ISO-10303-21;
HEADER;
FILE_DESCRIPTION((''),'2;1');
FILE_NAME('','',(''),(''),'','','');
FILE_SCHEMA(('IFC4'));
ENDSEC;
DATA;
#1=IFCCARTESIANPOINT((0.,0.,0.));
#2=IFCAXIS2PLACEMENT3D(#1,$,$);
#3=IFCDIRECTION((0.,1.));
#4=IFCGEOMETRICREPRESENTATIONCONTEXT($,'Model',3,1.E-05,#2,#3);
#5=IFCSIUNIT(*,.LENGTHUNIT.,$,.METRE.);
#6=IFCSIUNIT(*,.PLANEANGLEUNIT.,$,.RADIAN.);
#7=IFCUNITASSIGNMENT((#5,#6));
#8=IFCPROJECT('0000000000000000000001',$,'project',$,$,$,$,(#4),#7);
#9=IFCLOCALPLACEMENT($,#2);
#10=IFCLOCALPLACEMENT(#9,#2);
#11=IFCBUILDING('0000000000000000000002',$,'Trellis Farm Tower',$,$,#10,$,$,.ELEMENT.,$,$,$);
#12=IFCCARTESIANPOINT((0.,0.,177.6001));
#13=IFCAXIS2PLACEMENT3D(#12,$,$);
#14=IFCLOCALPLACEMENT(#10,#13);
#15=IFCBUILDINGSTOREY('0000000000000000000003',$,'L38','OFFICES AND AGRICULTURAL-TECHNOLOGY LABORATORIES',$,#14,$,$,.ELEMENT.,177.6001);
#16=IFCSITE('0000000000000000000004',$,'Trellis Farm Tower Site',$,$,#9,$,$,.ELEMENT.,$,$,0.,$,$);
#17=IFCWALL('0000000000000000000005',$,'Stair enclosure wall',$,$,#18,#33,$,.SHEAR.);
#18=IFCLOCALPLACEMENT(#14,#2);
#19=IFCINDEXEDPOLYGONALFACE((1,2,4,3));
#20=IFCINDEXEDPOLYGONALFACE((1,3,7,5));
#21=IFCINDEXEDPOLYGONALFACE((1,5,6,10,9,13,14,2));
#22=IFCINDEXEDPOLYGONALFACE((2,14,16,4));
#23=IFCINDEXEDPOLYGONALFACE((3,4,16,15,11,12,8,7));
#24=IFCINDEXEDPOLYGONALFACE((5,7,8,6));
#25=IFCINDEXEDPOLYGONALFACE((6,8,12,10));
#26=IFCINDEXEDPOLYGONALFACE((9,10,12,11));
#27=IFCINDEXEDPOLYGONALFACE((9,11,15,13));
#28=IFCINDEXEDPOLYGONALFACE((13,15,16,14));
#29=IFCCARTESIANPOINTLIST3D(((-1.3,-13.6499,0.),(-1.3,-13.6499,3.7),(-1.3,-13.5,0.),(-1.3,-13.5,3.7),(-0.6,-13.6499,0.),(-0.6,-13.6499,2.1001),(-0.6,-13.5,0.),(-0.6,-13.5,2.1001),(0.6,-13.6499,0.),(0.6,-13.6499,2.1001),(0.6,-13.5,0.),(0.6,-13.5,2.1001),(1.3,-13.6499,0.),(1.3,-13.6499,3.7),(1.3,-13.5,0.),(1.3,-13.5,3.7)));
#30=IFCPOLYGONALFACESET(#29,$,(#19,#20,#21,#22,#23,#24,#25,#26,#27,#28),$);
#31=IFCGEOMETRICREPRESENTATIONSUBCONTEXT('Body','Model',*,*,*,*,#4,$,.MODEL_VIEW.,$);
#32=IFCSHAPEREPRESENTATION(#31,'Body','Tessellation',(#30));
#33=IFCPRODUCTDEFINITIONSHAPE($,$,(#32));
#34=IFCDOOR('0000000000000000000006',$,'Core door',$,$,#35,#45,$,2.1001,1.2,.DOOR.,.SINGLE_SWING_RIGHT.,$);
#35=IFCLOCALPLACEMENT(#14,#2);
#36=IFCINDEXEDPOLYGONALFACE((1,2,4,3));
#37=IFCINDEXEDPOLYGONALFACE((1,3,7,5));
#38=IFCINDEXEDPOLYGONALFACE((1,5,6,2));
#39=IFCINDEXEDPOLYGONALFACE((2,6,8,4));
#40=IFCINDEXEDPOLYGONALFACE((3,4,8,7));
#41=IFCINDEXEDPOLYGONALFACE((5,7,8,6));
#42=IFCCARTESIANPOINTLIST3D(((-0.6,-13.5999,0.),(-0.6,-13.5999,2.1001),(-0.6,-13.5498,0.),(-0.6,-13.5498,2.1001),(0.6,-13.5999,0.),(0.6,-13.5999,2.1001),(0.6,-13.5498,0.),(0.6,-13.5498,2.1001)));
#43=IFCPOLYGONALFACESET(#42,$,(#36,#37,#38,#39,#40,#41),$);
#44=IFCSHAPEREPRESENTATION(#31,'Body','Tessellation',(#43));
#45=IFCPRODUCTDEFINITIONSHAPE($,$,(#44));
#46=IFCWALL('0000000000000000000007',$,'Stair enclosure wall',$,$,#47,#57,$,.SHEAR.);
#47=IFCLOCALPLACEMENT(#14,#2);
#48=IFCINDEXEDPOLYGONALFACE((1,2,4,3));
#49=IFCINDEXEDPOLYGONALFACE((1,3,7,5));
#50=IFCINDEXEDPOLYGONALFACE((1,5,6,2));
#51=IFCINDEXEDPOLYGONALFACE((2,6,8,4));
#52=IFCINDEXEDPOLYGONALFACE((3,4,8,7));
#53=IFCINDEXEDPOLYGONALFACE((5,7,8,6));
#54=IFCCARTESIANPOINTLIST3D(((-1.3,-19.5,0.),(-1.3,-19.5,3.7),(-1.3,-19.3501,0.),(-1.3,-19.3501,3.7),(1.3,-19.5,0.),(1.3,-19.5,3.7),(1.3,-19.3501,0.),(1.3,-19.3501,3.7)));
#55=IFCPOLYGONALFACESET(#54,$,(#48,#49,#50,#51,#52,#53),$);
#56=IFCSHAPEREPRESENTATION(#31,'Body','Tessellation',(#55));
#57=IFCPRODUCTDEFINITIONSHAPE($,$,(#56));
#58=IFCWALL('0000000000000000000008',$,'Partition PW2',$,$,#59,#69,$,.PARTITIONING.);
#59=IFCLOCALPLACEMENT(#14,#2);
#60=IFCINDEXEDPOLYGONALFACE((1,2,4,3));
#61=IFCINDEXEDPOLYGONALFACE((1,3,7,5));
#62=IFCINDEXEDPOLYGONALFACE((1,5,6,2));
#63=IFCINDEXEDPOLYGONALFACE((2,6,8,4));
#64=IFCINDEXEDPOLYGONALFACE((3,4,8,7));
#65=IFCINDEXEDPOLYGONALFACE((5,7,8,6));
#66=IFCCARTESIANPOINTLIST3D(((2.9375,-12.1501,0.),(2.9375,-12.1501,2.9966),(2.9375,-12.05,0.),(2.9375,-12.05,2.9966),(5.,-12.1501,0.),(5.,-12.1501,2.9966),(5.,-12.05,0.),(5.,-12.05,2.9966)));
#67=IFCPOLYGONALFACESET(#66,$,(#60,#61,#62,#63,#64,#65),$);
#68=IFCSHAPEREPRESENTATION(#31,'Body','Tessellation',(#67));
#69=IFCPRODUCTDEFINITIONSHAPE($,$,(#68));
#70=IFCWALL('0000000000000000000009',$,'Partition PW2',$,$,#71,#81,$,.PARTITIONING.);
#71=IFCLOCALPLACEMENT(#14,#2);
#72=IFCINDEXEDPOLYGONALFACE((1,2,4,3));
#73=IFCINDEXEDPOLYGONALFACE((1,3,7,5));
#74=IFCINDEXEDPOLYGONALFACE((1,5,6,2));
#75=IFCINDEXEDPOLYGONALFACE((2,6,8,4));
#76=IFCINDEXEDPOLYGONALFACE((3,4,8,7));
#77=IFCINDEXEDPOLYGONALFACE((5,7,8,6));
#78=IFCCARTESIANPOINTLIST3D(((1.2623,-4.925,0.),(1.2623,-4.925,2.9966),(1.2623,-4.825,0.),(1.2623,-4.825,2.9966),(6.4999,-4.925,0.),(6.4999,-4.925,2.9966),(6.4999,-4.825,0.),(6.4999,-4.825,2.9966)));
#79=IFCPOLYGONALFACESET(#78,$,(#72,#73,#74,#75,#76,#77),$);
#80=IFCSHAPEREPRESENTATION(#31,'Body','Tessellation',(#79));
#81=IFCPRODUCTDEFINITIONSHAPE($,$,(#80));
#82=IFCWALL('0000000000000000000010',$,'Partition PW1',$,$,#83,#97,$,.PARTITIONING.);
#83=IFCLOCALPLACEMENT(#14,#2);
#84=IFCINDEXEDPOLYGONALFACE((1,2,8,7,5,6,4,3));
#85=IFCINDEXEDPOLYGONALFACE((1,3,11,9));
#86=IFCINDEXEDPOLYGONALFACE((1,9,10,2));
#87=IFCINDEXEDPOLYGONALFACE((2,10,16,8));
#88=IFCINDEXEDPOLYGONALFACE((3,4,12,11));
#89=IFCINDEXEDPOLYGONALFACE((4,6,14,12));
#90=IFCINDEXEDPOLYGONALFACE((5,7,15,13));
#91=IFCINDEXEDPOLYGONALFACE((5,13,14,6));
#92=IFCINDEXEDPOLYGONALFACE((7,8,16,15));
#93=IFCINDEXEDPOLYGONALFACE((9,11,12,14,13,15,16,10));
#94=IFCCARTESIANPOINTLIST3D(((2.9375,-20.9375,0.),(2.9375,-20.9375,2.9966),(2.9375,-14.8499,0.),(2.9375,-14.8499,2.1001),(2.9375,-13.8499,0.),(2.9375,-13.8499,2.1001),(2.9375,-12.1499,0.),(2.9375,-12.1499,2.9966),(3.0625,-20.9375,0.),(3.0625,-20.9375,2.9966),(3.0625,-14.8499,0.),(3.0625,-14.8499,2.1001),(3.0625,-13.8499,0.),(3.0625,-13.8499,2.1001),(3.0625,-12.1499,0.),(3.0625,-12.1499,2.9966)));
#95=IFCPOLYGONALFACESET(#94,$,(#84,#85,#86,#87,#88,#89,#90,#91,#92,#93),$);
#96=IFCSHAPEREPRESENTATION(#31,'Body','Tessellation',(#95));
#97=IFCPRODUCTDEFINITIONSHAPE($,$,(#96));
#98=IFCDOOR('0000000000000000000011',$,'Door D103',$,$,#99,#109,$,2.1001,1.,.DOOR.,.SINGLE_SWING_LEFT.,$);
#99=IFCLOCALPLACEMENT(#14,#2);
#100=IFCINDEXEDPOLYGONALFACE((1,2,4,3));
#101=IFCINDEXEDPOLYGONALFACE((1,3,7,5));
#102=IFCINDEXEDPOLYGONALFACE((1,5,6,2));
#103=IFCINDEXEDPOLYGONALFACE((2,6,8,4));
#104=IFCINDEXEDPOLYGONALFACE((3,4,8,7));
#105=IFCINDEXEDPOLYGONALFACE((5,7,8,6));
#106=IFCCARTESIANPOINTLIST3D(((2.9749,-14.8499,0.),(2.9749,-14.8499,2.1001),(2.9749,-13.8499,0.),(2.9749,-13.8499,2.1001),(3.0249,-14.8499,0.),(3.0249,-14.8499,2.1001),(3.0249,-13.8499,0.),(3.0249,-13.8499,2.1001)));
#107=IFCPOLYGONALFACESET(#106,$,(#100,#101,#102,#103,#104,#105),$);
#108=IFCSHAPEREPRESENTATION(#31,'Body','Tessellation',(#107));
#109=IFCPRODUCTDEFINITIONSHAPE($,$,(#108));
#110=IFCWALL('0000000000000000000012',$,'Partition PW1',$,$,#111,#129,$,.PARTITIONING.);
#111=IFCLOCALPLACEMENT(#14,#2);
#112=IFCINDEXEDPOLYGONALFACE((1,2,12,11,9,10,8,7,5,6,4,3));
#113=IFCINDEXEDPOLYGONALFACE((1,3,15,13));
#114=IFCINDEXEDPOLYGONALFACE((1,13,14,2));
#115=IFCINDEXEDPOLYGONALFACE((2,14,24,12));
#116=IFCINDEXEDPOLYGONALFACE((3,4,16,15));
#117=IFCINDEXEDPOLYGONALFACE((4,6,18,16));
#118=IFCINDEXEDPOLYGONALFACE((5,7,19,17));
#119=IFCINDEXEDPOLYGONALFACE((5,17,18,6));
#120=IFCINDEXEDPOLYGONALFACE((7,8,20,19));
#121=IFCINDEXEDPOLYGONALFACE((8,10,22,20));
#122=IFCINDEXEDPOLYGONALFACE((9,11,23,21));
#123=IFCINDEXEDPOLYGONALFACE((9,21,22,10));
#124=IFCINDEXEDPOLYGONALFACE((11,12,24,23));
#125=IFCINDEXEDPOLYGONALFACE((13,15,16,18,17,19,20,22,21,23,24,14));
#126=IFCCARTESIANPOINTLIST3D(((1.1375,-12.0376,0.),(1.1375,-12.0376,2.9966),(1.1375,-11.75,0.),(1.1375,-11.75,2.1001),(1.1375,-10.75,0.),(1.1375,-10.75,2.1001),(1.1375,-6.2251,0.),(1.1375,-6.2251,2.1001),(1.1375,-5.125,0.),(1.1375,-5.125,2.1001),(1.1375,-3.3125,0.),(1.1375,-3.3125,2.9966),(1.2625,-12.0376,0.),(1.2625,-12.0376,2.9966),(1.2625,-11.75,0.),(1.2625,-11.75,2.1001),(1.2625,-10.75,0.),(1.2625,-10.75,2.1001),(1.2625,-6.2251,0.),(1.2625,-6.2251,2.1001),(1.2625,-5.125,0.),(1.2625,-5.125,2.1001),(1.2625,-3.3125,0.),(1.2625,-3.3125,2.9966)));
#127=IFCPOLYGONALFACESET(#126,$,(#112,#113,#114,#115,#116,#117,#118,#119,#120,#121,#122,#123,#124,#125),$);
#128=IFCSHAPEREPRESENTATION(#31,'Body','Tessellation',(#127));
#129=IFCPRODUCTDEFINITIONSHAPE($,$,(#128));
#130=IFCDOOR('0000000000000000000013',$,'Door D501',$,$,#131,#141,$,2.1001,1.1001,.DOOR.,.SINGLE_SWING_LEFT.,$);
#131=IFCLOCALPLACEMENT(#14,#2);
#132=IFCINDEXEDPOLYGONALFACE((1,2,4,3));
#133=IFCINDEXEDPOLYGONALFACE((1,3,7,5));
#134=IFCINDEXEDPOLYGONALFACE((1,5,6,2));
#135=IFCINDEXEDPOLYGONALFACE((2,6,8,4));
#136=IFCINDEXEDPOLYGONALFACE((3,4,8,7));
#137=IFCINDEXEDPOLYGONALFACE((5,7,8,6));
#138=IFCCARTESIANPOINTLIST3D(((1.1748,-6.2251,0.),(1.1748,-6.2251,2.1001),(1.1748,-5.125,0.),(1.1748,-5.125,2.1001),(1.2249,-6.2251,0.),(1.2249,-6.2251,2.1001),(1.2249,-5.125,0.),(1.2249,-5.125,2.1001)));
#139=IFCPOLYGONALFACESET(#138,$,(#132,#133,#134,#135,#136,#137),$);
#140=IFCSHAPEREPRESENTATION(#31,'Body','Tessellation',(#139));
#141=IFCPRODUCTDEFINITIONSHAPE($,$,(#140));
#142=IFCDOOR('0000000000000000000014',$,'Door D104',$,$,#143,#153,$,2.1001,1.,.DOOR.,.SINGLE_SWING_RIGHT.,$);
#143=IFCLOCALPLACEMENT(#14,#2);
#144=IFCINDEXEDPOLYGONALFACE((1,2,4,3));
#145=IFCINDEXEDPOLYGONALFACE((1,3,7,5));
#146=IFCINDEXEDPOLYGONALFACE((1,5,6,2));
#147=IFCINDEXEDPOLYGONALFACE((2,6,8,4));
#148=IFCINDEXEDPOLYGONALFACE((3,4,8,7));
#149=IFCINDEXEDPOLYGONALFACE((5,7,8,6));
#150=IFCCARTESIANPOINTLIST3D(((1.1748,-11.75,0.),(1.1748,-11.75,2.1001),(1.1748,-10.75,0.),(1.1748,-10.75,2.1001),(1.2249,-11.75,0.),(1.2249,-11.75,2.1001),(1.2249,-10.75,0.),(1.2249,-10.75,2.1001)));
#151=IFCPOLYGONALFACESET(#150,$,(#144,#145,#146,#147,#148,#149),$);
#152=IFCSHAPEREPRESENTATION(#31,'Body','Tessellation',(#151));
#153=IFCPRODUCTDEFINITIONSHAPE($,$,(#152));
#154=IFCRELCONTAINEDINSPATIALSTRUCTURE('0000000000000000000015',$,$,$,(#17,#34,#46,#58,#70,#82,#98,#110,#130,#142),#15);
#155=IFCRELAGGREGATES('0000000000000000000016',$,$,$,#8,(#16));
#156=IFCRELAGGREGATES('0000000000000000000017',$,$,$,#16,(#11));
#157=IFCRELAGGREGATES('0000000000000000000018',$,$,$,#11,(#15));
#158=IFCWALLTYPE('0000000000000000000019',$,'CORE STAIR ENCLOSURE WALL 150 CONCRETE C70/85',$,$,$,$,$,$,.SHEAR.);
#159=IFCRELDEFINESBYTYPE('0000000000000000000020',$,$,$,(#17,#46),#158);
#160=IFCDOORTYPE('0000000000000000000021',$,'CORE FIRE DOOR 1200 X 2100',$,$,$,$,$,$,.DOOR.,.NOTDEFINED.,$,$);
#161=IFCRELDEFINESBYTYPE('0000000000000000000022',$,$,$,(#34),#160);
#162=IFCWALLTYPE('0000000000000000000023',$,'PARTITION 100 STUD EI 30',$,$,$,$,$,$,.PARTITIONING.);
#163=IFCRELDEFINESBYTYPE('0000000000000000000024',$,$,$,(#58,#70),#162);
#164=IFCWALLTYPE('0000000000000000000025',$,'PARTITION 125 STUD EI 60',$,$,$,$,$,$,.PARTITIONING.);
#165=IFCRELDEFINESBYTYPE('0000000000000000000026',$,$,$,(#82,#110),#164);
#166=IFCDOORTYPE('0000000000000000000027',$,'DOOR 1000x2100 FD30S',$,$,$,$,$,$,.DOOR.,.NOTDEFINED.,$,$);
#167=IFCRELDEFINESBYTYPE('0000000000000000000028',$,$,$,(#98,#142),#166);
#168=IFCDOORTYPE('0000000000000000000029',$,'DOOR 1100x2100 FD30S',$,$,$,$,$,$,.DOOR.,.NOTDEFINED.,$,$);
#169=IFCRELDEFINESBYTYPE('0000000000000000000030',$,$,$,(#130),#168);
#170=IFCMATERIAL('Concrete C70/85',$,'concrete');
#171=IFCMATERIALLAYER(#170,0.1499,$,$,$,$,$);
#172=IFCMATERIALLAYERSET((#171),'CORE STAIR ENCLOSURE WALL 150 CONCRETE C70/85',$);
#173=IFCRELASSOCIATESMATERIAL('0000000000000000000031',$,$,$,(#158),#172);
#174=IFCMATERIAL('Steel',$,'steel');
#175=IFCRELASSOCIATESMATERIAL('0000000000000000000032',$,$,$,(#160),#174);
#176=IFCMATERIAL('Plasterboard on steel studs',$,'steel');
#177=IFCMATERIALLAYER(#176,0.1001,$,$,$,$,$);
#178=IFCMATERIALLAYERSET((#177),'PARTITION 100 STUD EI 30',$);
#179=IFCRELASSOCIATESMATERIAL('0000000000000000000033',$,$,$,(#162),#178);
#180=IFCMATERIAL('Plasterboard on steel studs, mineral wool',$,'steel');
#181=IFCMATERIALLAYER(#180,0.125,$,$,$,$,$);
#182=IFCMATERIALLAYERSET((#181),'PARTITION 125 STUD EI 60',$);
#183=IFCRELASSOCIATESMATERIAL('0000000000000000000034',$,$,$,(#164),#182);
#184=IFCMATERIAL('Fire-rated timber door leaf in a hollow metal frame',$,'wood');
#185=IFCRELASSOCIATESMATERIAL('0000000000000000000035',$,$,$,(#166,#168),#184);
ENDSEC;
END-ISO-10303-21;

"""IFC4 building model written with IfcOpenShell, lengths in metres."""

from ifc_helpers import new_model, si_unit, direction, frame, frame_2d, origin, place, context, subcontext, project, spatial, rectangle, extrude, source, transform, mapped, material, layer, layer_set, type_object, element, fill, save


model = new_model("IFC4")

# Units and contexts
model_context = context("Model", 3, precision=1e-05, world=origin(), true_north=direction((0.0, 1.0)))
body_context = subcontext(model_context, "Body", "Model", "MODEL_VIEW")
ifc_project = project(units=[si_unit("LENGTHUNIT", "METRE"), si_unit("PLANEANGLEUNIT", "RADIAN")], contexts=[model_context])

# Site, building, storey
site_placement = place(None, origin())
site = spatial("IfcSite", under=ifc_project, at=site_placement, Name="Trellis Farm Tower Site", CompositionType="ELEMENT", RefElevation=0.0)
building_placement = place(site_placement, origin())
building = spatial("IfcBuilding", under=site, at=building_placement, Name="Trellis Farm Tower", CompositionType="ELEMENT")
storey_placement = place(building_placement, frame((0.0, 0.0, 177.6001)))
storey = spatial("IfcBuildingStorey", under=building, at=storey_placement, Name="L38", Description="OFFICES AND AGRICULTURAL-TECHNOLOGY LABORATORIES", CompositionType="ELEMENT", Elevation=177.6001)

# Shared definitions
ifc_material_1 = material(Name="Concrete C70/85", Category="concrete")

# Wall, opening, door
ifc_layer_1 = layer(ifc_material_1, 0.1499)
ifc_layer_set_1 = layer_set([ifc_layer_1], Name="CORE STAIR ENCLOSURE WALL 150 CONCRETE C70/85")
wall_type_1 = type_object("IfcWallType", Name="CORE STAIR ENCLOSURE WALL 150 CONCRETE C70/85", PredefinedType="SHEAR", material=ifc_layer_set_1)
shared_shape_1 = source(origin(), body_context, "Body", "SweptSolid", [
    extrude(rectangle(XDim=2.6001, YDim=0.1499, at=frame_2d((1.3, 0.0))), origin(), (0.0, 0.0, 1.0), 3.7),
])
wall_1_placement = place(storey_placement, frame((1.3, -13.575, 0.0), z_axis=(0.0, 0.0, 1.0), x_axis=(-1.0, 0.0, 0.0)))
wall_1 = element("IfcWall", 1, at=wall_1_placement, inside=storey, type_object=wall_type_1, Name="Stair enclosure wall", PredefinedType="SHEAR", context=body_context, shape_type="MappedRepresentation", body=[
    mapped(shared_shape_1, transform((0.0, 0.0, 0.0))),
])
shared_shape_2 = source(origin(), body_context, "Body", "SweptSolid", [
    extrude(rectangle(XDim=1.2, YDim=2.1001, at=frame_2d((0.6001, 1.05))), frame((0.0, 0.085, 0.0), z_axis=(0.0, -1.0, 0.0), x_axis=(1.0, 0.0, 0.0)), (0.0, 0.0, 1.0), 0.1699),
])
opening_1_placement = place(wall_1_placement, frame((0.7, 0.0, 0.0)))
opening_1 = element("IfcOpeningElement", 2, at=opening_1_placement, cuts=wall_1, PredefinedType="OPENING", context=body_context, shape_type="MappedRepresentation", body=[
    mapped(shared_shape_2, transform((0.0, 0.0, 0.0))),
])
ifc_material_2 = material(Name="Steel", Category="steel")
door_type_1 = type_object("IfcDoorType", Name="CORE FIRE DOOR 1200 X 2100", OperationType="NOTDEFINED", PredefinedType="DOOR", material=ifc_material_2)
shared_shape_3 = source(origin(), body_context, "Body", "SweptSolid", [
    extrude(rectangle(XDim=1.2, YDim=2.1001, at=frame_2d((0.6001, 1.05))), frame((0.0, 0.0249, 0.0), z_axis=(0.0, -1.0, 0.0), x_axis=(1.0, 0.0, 0.0)), (0.0, 0.0, 1.0), 0.05),
])
door_1_placement = place(opening_1_placement, origin())
door_1 = element("IfcDoor", 3, at=door_1_placement, inside=storey, type_object=door_type_1, Name="Core door", OperationType="SINGLE_SWING_RIGHT", OverallHeight=2.1001, OverallWidth=1.2, PredefinedType="DOOR", context=body_context, shape_type="MappedRepresentation", body=[
    mapped(shared_shape_3, transform((0.0, 0.0, 0.0))),
])
fill(opening_1, door_1)

# Walls
wall_2_placement = place(storey_placement, frame((1.3, -19.425, 0.0), z_axis=(0.0, 0.0, 1.0), x_axis=(-1.0, 0.0, 0.0)))
element("IfcWall", 4, at=wall_2_placement, inside=storey, type_object=wall_type_1, Name="Stair enclosure wall", PredefinedType="SHEAR", context=body_context, shape_type="MappedRepresentation", body=[
    mapped(shared_shape_1, transform((0.0, 0.0, 0.0))),
])
ifc_material_3 = material(Name="Plasterboard on steel studs", Category="steel")
ifc_layer_2 = layer(ifc_material_3, 0.1001)
ifc_layer_set_2 = layer_set([ifc_layer_2], Name="PARTITION 100 STUD EI 30")
wall_type_2 = type_object("IfcWallType", Name="PARTITION 100 STUD EI 30", PredefinedType="PARTITIONING", material=ifc_layer_set_2)
shared_shape_4 = source(origin(), body_context, "Body", "SweptSolid", [
    extrude(rectangle(XDim=2.0625, YDim=0.1001, at=frame_2d((1.0312, 0.0))), origin(), (0.0, 0.0, 1.0), 2.9966),
])
wall_3_placement = place(storey_placement, frame((2.9375, -12.1001, 0.0), z_axis=(0.0, 0.0, 1.0), x_axis=(1.0, 0.0, 0.0)))
element("IfcWall", 5, at=wall_3_placement, inside=storey, type_object=wall_type_2, Name="Partition PW2", PredefinedType="PARTITIONING", context=body_context, shape_type="MappedRepresentation", body=[
    mapped(shared_shape_4, transform((0.0, 0.0, 0.0))),
])
shared_shape_5 = source(origin(), body_context, "Body", "SweptSolid", [
    extrude(rectangle(XDim=5.2375, YDim=0.1001, at=frame_2d((2.6187, 0.0))), origin(), (0.0, 0.0, 1.0), 2.9966),
])
wall_4_placement = place(storey_placement, frame((1.2625, -4.875, 0.0), z_axis=(0.0, 0.0, 1.0), x_axis=(1.0, 0.0, 0.0)))
element("IfcWall", 6, at=wall_4_placement, inside=storey, type_object=wall_type_2, Name="Partition PW2", PredefinedType="PARTITIONING", context=body_context, shape_type="MappedRepresentation", body=[
    mapped(shared_shape_5, transform((0.0, 0.0, 0.0))),
])

# Wall, opening, door
ifc_material_4 = material(Name="Plasterboard on steel studs, mineral wool", Category="steel")
ifc_layer_3 = layer(ifc_material_4, 0.125)
ifc_layer_set_3 = layer_set([ifc_layer_3], Name="PARTITION 125 STUD EI 60")
wall_type_3 = type_object("IfcWallType", Name="PARTITION 125 STUD EI 60", PredefinedType="PARTITIONING", material=ifc_layer_set_3)
shared_shape_6 = source(origin(), body_context, "Body", "SweptSolid", [
    extrude(rectangle(XDim=8.7876, YDim=0.125, at=frame_2d((4.3938, 0.0))), origin(), (0.0, 0.0, 1.0), 2.9966),
])
wall_5_placement = place(storey_placement, frame((3.0, -12.1499, 0.0), z_axis=(0.0, 0.0, 1.0), x_axis=(0.0, -1.0, 0.0)))
wall_5 = element("IfcWall", 7, at=wall_5_placement, inside=storey, type_object=wall_type_3, Name="Partition PW1", PredefinedType="PARTITIONING", context=body_context, shape_type="MappedRepresentation", body=[
    mapped(shared_shape_6, transform((0.0, 0.0, 0.0))),
])
shared_shape_7 = source(origin(), body_context, "Body", "SweptSolid", [
    extrude(rectangle(XDim=1.0, YDim=2.1001, at=frame_2d((0.5, 1.05))), frame((0.0, 0.0725, 0.0), z_axis=(0.0, -1.0, 0.0), x_axis=(1.0, 0.0, 0.0)), (0.0, 0.0, 1.0), 0.145),
])
opening_2_placement = place(wall_5_placement, frame((1.7, 0.0, 0.0)))
opening_2 = element("IfcOpeningElement", 8, at=opening_2_placement, cuts=wall_5, PredefinedType="OPENING", context=body_context, shape_type="MappedRepresentation", body=[
    mapped(shared_shape_7, transform((0.0, 0.0, 0.0))),
])
ifc_material_5 = material(Name="Fire-rated timber door leaf in a hollow metal frame", Category="wood")
door_type_2 = type_object("IfcDoorType", Name="DOOR 1000x2100 FD30S", OperationType="NOTDEFINED", PredefinedType="DOOR", material=ifc_material_5)
shared_shape_8 = source(origin(), body_context, "Body", "SweptSolid", [
    extrude(rectangle(XDim=1.0, YDim=2.1001, at=frame_2d((0.5, 1.05))), frame((0.0, 0.0249, 0.0), z_axis=(0.0, -1.0, 0.0), x_axis=(1.0, 0.0, 0.0)), (0.0, 0.0, 1.0), 0.05),
])
door_2_placement = place(opening_2_placement, origin())
door_2 = element("IfcDoor", 9, at=door_2_placement, inside=storey, type_object=door_type_2, Name="Door D103", OperationType="SINGLE_SWING_LEFT", OverallHeight=2.1001, OverallWidth=1.0, PredefinedType="DOOR", context=body_context, shape_type="MappedRepresentation", body=[
    mapped(shared_shape_8, transform((0.0, 0.0, 0.0))),
])
fill(opening_2, door_2)

# Wall, openings, doors
shared_shape_9 = source(origin(), body_context, "Body", "SweptSolid", [
    extrude(rectangle(XDim=8.7251, YDim=0.125, at=frame_2d((4.3625, 0.0))), origin(), (0.0, 0.0, 1.0), 2.9966),
])
wall_6_placement = place(storey_placement, frame((1.2, -3.3125, 0.0), z_axis=(0.0, 0.0, 1.0), x_axis=(0.0, -1.0, 0.0)))
wall_6 = element("IfcWall", 10, at=wall_6_placement, inside=storey, type_object=wall_type_3, Name="Partition PW1", PredefinedType="PARTITIONING", context=body_context, shape_type="MappedRepresentation", body=[
    mapped(shared_shape_9, transform((0.0, 0.0, 0.0))),
])
opening_3_placement = place(wall_6_placement, frame((7.4375, 0.0, 0.0)))
opening_3 = element("IfcOpeningElement", 11, at=opening_3_placement, cuts=wall_6, PredefinedType="OPENING", context=body_context, shape_type="MappedRepresentation", body=[
    mapped(shared_shape_7, transform((0.0, 0.0, 0.0))),
])
shared_shape_10 = source(origin(), body_context, "Body", "SweptSolid", [
    extrude(rectangle(XDim=1.1001, YDim=2.1001, at=frame_2d((0.55, 1.05))), frame((0.0, 0.0725, 0.0), z_axis=(0.0, -1.0, 0.0), x_axis=(1.0, 0.0, 0.0)), (0.0, 0.0, 1.0), 0.145),
])
opening_4_placement = place(wall_6_placement, frame((1.8125, 0.0, 0.0)))
opening_4 = element("IfcOpeningElement", 12, at=opening_4_placement, cuts=wall_6, PredefinedType="OPENING", context=body_context, shape_type="MappedRepresentation", body=[
    mapped(shared_shape_10, transform((0.0, 0.0, 0.0))),
])
door_type_3 = type_object("IfcDoorType", Name="DOOR 1100x2100 FD30S", OperationType="NOTDEFINED", PredefinedType="DOOR", material=ifc_material_5)
shared_shape_11 = source(origin(), body_context, "Body", "SweptSolid", [
    extrude(rectangle(XDim=1.1001, YDim=2.1001, at=frame_2d((0.55, 1.05))), frame((0.0, 0.0249, 0.0), z_axis=(0.0, -1.0, 0.0), x_axis=(1.0, 0.0, 0.0)), (0.0, 0.0, 1.0), 0.05),
])
door_3_placement = place(opening_4_placement, origin())
door_3 = element("IfcDoor", 13, at=door_3_placement, inside=storey, type_object=door_type_3, Name="Door D501", OperationType="SINGLE_SWING_LEFT", OverallHeight=2.1001, OverallWidth=1.1001, PredefinedType="DOOR", context=body_context, shape_type="MappedRepresentation", body=[
    mapped(shared_shape_11, transform((0.0, 0.0, 0.0))),
])
fill(opening_4, door_3)
door_4_placement = place(opening_3_placement, origin())
door_4 = element("IfcDoor", 14, at=door_4_placement, inside=storey, type_object=door_type_2, Name="Door D104", OperationType="SINGLE_SWING_RIGHT", OverallHeight=2.1001, OverallWidth=1.0, PredefinedType="DOOR", context=body_context, shape_type="MappedRepresentation", body=[
    mapped(shared_shape_8, transform((0.0, 0.0, 0.0))),
])
fill(opening_3, door_4)

save(model, "model.ifc")
